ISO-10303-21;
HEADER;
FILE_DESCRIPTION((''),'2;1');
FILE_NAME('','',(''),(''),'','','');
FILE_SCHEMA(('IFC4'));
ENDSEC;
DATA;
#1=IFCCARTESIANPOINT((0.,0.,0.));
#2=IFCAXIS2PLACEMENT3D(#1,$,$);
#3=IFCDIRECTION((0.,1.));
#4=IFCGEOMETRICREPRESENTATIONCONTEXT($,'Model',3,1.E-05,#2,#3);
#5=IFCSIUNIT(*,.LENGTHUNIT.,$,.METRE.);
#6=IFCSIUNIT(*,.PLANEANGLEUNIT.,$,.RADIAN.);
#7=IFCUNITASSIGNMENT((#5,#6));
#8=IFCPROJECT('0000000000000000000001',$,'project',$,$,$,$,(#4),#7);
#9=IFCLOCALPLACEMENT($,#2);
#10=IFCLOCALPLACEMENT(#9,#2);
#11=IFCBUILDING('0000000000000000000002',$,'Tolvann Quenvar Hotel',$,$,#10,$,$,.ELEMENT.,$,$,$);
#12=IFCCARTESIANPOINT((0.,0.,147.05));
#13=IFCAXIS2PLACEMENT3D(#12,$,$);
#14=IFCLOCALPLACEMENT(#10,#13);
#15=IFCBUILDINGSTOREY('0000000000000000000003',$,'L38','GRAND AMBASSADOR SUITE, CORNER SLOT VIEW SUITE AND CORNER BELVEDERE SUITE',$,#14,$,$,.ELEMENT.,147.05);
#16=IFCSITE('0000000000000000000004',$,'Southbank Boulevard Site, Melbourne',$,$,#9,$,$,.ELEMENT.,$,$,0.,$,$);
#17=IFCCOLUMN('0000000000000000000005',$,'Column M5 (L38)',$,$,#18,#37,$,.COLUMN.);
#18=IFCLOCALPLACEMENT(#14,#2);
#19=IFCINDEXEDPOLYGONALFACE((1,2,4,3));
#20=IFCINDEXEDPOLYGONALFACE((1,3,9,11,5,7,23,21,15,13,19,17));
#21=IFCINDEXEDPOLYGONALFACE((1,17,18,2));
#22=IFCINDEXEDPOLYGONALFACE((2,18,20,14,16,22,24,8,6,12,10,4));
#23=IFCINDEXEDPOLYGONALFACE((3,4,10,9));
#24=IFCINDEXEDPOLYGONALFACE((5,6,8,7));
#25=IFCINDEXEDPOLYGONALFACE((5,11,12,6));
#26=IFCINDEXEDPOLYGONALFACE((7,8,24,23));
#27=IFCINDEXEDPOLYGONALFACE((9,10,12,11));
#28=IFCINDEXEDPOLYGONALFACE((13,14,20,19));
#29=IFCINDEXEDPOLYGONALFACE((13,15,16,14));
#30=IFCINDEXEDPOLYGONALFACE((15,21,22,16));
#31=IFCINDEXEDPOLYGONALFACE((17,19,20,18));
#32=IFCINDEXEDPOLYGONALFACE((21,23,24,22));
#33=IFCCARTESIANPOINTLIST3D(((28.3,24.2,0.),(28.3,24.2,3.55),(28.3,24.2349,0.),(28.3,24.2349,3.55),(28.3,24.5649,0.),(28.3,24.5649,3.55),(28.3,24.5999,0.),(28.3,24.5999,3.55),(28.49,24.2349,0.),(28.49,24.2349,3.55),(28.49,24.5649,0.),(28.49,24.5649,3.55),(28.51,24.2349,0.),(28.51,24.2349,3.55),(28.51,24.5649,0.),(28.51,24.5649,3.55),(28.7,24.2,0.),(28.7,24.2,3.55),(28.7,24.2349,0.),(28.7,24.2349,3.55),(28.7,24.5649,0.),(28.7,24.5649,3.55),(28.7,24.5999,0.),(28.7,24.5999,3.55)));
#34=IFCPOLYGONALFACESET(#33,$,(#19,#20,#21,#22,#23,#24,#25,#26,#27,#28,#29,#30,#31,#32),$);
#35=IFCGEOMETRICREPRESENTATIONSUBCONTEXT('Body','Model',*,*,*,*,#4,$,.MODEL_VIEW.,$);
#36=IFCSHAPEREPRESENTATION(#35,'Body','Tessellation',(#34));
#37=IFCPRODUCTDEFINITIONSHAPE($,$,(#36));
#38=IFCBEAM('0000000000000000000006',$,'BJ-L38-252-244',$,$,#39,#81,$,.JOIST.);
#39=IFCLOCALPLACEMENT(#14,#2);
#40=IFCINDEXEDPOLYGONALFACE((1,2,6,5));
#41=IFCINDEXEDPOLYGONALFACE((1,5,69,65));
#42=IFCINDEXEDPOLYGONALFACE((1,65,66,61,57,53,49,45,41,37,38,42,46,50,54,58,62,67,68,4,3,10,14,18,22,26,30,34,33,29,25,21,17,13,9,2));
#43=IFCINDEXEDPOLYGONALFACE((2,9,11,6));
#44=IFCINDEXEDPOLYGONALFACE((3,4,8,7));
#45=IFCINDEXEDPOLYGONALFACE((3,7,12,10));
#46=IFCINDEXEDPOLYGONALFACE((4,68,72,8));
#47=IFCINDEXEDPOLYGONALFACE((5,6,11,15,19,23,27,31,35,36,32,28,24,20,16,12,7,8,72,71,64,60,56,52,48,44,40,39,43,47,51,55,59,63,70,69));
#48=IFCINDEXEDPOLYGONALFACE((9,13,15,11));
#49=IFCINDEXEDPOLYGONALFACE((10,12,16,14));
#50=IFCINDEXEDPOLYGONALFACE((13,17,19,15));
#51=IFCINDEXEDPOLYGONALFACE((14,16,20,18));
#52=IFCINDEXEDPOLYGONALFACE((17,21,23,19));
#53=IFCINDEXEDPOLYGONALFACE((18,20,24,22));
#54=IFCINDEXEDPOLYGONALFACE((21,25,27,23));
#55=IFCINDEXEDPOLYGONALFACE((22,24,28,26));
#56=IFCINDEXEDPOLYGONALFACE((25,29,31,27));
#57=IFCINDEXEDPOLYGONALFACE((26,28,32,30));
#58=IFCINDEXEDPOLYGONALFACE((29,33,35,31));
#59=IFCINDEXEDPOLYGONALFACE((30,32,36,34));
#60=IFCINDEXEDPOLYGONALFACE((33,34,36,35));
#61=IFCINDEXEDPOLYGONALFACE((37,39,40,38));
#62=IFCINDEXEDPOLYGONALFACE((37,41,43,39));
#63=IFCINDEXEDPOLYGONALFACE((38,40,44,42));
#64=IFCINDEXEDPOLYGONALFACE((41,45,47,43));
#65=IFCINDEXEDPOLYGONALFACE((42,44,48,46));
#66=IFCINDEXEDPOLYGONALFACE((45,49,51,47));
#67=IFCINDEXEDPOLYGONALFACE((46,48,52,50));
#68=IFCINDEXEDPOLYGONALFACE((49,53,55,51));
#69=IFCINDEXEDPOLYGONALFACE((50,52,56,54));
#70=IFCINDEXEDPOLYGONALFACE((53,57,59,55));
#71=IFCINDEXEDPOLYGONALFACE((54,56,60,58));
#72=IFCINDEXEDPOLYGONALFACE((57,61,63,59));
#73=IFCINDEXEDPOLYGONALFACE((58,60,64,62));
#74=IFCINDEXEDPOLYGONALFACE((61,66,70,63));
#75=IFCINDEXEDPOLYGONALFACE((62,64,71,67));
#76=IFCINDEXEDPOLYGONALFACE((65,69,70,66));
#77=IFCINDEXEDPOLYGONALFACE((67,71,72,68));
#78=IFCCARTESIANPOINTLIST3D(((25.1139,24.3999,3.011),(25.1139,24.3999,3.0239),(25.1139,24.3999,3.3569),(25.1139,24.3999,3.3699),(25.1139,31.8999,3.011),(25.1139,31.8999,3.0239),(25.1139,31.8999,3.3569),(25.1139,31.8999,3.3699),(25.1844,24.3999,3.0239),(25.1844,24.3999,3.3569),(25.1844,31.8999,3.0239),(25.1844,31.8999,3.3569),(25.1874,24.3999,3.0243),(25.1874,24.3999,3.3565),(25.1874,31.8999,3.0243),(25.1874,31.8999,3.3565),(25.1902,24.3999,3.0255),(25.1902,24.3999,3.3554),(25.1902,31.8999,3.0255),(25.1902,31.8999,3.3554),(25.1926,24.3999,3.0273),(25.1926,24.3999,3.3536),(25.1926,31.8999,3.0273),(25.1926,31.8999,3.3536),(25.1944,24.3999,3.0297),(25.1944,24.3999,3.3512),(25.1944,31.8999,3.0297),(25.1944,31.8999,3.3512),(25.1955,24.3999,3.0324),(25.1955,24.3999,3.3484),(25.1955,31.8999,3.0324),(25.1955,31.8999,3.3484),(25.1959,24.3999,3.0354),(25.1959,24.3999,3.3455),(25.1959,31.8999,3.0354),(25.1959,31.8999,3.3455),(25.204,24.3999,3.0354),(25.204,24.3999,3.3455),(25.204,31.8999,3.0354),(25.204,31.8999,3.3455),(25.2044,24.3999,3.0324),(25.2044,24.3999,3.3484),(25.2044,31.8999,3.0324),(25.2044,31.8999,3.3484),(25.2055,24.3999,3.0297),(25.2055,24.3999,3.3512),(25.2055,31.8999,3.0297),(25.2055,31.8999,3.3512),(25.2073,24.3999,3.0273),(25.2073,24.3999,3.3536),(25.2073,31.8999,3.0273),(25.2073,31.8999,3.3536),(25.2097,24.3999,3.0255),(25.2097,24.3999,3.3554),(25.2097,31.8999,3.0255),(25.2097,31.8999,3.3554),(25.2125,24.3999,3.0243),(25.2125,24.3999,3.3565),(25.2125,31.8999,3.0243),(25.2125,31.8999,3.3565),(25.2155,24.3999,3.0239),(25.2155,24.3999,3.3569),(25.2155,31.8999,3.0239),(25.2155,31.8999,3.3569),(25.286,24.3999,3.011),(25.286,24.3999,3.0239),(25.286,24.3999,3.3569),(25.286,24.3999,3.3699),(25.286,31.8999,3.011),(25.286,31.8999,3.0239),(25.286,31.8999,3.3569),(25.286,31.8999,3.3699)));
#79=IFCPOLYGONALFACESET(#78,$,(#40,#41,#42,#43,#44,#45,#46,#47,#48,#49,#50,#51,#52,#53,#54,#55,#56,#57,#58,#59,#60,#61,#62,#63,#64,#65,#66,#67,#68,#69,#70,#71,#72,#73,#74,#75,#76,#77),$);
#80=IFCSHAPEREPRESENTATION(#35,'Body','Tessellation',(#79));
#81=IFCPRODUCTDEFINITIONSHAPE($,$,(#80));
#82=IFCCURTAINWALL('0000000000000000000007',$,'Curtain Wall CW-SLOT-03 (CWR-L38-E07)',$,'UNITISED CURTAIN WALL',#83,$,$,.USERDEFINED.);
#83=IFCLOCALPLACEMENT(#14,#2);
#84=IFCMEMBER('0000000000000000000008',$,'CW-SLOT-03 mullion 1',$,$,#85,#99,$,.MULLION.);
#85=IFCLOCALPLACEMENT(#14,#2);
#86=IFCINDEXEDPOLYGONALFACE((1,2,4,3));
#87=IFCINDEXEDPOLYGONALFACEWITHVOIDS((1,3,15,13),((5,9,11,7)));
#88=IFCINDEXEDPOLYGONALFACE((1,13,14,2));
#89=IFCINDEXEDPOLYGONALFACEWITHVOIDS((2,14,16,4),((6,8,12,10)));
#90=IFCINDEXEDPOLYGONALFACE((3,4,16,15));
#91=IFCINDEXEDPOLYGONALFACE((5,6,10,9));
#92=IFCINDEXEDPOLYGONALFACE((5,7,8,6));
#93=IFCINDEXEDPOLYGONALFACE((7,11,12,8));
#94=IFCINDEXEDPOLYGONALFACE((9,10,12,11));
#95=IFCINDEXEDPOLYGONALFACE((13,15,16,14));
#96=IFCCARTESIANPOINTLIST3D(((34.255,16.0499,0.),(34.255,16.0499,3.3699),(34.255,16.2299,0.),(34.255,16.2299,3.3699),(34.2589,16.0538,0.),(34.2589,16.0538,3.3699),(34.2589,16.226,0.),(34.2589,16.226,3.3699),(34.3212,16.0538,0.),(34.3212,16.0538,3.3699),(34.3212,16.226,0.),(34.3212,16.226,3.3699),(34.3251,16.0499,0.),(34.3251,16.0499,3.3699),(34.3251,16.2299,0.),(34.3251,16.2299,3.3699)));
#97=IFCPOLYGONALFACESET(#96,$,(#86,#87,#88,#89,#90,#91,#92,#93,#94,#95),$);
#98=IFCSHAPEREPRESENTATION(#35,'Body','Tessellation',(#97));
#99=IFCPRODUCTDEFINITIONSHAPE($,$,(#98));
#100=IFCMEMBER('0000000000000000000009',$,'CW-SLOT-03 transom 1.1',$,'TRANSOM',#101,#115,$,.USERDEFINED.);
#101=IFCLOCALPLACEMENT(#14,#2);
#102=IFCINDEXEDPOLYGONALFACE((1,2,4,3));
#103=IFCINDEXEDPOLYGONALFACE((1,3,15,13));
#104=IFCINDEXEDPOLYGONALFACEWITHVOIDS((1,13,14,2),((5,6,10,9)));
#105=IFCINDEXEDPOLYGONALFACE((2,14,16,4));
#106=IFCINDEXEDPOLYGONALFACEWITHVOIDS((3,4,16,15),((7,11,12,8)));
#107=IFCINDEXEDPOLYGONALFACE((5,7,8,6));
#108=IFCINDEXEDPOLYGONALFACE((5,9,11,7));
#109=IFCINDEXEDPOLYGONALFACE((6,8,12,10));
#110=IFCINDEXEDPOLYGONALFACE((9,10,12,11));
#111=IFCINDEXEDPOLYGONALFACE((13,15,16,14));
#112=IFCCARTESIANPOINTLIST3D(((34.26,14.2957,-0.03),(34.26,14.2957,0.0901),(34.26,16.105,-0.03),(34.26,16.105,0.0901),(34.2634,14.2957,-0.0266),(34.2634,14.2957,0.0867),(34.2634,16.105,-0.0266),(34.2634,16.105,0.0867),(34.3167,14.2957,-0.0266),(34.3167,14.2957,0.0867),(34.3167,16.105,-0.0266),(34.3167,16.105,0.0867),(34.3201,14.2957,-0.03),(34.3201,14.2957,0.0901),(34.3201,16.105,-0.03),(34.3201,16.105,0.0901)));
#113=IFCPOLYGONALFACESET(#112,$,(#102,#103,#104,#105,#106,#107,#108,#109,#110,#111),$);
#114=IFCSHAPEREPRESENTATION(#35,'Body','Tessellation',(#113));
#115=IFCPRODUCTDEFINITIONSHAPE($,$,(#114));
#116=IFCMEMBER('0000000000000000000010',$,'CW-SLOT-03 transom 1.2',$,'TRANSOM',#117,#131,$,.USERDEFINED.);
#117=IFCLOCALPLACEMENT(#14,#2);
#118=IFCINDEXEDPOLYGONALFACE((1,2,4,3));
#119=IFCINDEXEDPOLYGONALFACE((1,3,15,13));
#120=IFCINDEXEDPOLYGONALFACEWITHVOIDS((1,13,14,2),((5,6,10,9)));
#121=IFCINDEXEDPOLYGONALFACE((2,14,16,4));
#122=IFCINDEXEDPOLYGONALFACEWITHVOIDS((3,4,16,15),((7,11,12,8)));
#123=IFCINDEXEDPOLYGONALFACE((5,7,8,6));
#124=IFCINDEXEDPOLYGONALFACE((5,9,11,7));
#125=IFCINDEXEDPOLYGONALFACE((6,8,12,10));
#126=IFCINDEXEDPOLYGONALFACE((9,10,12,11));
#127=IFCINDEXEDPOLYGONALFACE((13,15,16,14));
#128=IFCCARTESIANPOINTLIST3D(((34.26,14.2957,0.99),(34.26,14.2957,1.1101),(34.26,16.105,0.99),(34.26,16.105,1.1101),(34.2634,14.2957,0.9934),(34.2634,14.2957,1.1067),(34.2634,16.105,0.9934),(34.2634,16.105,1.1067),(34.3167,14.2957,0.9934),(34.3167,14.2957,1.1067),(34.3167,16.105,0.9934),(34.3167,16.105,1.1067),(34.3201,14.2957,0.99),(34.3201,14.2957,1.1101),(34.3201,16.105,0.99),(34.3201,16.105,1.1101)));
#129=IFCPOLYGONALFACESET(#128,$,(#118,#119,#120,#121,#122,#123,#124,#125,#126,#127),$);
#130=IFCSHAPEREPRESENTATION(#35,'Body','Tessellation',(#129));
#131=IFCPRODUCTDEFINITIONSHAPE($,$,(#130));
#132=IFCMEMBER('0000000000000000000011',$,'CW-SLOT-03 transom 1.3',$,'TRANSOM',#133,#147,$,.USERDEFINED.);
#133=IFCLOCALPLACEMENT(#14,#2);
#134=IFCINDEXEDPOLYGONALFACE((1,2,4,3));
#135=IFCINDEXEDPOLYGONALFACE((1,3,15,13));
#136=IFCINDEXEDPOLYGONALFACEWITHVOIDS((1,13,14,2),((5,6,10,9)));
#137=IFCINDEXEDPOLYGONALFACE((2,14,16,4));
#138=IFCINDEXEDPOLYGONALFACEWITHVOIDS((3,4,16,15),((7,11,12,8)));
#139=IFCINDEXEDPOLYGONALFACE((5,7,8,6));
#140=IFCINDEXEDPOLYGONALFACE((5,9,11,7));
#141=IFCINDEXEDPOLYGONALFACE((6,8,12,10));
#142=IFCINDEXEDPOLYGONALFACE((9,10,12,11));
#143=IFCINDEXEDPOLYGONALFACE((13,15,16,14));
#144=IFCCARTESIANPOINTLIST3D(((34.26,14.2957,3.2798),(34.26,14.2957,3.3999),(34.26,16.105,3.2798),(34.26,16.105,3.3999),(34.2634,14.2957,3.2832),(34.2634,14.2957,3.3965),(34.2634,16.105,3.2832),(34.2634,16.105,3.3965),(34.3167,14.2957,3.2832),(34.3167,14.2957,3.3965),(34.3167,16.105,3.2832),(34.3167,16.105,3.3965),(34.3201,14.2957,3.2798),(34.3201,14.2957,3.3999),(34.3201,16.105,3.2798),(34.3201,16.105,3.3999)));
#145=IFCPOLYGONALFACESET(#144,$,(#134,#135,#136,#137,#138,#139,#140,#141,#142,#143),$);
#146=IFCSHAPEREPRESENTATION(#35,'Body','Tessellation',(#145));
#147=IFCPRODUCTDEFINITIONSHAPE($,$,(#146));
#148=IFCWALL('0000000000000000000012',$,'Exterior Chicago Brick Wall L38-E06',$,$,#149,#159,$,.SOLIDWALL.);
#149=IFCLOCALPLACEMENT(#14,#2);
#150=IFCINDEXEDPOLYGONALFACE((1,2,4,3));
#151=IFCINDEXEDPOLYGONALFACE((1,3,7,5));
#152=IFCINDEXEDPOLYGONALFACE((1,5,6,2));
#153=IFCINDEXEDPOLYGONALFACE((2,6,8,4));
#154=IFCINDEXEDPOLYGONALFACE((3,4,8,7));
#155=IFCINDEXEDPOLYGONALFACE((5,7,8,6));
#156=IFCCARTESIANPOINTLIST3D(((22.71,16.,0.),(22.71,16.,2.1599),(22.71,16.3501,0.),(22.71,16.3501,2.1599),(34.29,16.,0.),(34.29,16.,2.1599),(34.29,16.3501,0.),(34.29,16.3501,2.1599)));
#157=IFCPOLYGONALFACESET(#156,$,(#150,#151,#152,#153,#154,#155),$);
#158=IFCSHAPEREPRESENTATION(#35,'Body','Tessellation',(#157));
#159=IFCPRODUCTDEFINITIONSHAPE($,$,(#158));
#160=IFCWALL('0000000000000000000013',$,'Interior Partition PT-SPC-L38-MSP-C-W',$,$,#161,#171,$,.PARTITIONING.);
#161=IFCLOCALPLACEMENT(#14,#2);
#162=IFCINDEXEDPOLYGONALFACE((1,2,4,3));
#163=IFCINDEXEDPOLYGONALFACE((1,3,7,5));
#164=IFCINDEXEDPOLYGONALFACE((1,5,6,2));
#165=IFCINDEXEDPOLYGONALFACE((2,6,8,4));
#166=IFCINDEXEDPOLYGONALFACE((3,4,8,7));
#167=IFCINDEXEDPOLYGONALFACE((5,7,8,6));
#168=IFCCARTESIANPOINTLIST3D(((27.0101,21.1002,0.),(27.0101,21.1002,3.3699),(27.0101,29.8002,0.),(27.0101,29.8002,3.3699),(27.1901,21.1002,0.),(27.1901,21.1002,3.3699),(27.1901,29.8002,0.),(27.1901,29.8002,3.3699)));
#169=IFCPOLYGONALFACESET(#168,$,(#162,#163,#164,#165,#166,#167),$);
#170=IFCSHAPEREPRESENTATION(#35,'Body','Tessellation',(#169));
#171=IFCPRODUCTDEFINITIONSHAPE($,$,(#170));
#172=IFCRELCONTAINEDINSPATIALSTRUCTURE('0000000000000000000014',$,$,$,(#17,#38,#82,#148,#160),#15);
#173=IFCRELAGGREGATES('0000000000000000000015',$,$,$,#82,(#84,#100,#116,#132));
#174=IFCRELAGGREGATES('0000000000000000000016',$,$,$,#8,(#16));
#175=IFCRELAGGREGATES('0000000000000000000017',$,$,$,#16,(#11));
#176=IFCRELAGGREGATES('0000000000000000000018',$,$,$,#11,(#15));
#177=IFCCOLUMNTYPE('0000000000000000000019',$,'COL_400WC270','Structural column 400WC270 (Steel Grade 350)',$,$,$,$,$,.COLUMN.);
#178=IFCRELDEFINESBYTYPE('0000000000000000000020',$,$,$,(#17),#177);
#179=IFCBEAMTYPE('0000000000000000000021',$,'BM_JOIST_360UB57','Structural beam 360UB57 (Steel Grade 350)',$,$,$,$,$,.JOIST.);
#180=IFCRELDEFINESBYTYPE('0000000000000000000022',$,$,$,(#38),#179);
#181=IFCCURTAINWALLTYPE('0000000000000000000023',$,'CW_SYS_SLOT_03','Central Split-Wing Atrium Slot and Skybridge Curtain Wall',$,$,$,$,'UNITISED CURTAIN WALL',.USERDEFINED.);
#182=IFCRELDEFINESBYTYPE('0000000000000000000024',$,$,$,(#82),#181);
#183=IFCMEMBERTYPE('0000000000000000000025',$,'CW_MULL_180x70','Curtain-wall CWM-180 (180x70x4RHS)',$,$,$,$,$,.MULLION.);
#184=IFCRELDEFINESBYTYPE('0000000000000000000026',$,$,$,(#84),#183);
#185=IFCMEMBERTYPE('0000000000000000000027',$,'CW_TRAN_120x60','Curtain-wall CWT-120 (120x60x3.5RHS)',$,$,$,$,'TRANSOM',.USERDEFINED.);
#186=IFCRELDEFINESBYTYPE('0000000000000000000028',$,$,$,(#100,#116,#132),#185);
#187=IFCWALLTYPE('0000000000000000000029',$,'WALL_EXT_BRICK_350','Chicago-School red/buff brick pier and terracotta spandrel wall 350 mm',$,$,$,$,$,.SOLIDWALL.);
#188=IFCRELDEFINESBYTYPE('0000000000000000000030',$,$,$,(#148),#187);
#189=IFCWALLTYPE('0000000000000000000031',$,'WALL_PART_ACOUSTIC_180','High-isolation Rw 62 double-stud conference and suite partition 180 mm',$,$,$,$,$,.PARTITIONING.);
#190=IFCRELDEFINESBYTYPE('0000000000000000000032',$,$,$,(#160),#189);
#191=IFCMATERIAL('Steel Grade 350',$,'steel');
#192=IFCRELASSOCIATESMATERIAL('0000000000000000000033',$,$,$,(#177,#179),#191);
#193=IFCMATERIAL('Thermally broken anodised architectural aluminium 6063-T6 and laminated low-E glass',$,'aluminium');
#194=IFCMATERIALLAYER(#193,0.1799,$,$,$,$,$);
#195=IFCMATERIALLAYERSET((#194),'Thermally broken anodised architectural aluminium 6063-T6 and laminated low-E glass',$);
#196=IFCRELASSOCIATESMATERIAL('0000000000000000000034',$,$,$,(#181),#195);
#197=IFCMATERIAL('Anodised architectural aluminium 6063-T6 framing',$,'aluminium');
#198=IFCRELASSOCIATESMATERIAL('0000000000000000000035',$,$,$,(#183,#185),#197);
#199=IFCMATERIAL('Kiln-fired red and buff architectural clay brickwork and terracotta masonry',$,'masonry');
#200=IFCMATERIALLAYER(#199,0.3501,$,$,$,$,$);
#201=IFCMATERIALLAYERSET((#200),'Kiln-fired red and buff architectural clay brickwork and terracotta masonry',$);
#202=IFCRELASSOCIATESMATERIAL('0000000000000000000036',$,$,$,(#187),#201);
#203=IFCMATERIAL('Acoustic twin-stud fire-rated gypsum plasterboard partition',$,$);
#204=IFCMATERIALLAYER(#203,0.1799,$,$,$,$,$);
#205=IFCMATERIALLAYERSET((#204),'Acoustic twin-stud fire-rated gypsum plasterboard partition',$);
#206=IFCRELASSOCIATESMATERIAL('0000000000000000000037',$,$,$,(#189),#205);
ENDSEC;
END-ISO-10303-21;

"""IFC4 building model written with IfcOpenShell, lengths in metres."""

from ifc_helpers import new_model, si_unit, direction, frame, frame_2d, origin, origin_2d, place, context, subcontext, project, spatial, rectangle, hollow_rectangle, i_section, extrude, source, transform, mapped, material, layer, layer_set, material_profile, profile_set, type_object, type_shapes, element, aggregate, save


model = new_model("IFC4")

# Units and contexts
model_context = context("Model", 3, precision=1e-05, world=origin(), true_north=direction((0.0, 1.0)))
body_context = subcontext(model_context, "Body", "Model", "MODEL_VIEW")
ifc_project = project(units=[si_unit("LENGTHUNIT", "METRE"), si_unit("PLANEANGLEUNIT", "RADIAN")], contexts=[model_context])

# Site, building, storey
site_placement = place(None, origin())
site = spatial("IfcSite", under=ifc_project, at=site_placement, Name="Southbank Boulevard Site, Melbourne", CompositionType="ELEMENT", RefElevation=0.0)
building_placement = place(site_placement, origin())
building = spatial("IfcBuilding", under=site, at=building_placement, Name="Tolvann Quenvar Hotel", CompositionType="ELEMENT")
storey_placement = place(building_placement, frame((0.0, 0.0, 147.05)))
storey = spatial("IfcBuildingStorey", under=building, at=storey_placement, Name="L38", Description="GRAND AMBASSADOR SUITE, CORNER SLOT VIEW SUITE AND CORNER BELVEDERE SUITE", CompositionType="ELEMENT", Elevation=147.05)

# Column
ifc_material_1 = material(Name="Steel Grade 350", Category="steel")
ifc_material_profile_1 = material_profile(ifc_material_1, i_section(OverallWidth=0.3999, OverallDepth=0.3999, WebThickness=0.02, FlangeThickness=0.0349, at=origin_2d()), Name="400WC270")
ifc_profile_set_1 = profile_set([ifc_material_profile_1], Name="Steel Grade 350")
column_type = type_object("IfcColumnType", Name="COL_400WC270", Description="Structural column 400WC270 (Steel Grade 350)", PredefinedType="COLUMN", material=ifc_profile_set_1)
shared_shape_1 = source(origin(), body_context, "Body", "SweptSolid", [
    extrude(i_section(OverallWidth=0.3999, OverallDepth=0.3999, WebThickness=0.02, FlangeThickness=0.0349, at=origin_2d()), origin(), (0.0, 0.0, 1.0), 3.55),
])
type_shapes(column_type, [shared_shape_1])
column_placement = place(storey_placement, frame((28.5, 24.3999, 0.0), z_axis=(0.0, 0.0, 1.0), x_axis=(1.0, 0.0, 0.0)))
element("IfcColumn", 1, at=column_placement, inside=storey, type_object=column_type, Name="Column M5 (L38)", PredefinedType="COLUMN", context=body_context, shape_type="MappedRepresentation", body=[
    mapped(shared_shape_1, transform((0.0, 0.0, 0.0), x_axis=(1.0, 0.0, 0.0), y_axis=(0.0, 1.0, 0.0), z_axis=(0.0, 0.0, 1.0), scale=1.0)),
])

# Beam
ifc_material_profile_2 = material_profile(ifc_material_1, i_section(OverallWidth=0.1721, OverallDepth=0.3589, WebThickness=0.0081, FlangeThickness=0.0129, FilletRadius=0.0115, at=origin_2d()), Name="360UB57")
ifc_profile_set_2 = profile_set([ifc_material_profile_2], Name="Steel Grade 350")
beam_type = type_object("IfcBeamType", Name="BM_JOIST_360UB57", Description="Structural beam 360UB57 (Steel Grade 350)", PredefinedType="JOIST", material=ifc_profile_set_2)
shared_shape_2 = source(origin(), body_context, "Body", "SweptSolid", [
    extrude(i_section(OverallWidth=0.1721, OverallDepth=0.3589, WebThickness=0.0081, FlangeThickness=0.0129, FilletRadius=0.0115, at=origin_2d()), origin(), (0.0, 0.0, 1.0), 7.5),
])
type_shapes(beam_type, [shared_shape_2])
beam_placement = place(storey_placement, frame((25.2, 24.3999, 3.1904), z_axis=(0.0, 1.0, 0.0), x_axis=(-1.0, 0.0, 0.0)))
element("IfcBeam", 2, at=beam_placement, inside=storey, type_object=beam_type, Name="BJ-L38-252-244", PredefinedType="JOIST", context=body_context, shape_type="MappedRepresentation", body=[
    mapped(shared_shape_2, transform((0.0, 0.0, 0.0), x_axis=(1.0, 0.0, 0.0), y_axis=(0.0, 1.0, 0.0), z_axis=(0.0, 0.0, 1.0), scale=1.0)),
])

# Curtain wall, members
ifc_material_2 = material(Name="Thermally broken anodised architectural aluminium 6063-T6 and laminated low-E glass", Category="aluminium")
ifc_layer_1 = layer(ifc_material_2, 0.1799)
ifc_layer_set_1 = layer_set([ifc_layer_1], Name="Thermally broken anodised architectural aluminium 6063-T6 and laminated low-E glass")
curtain_wall_type = type_object("IfcCurtainWallType", Name="CW_SYS_SLOT_03", Description="Central Split-Wing Atrium Slot and Skybridge Curtain Wall", ElementType="UNITISED CURTAIN WALL", PredefinedType="USERDEFINED", material=ifc_layer_set_1)
curtain_wall_placement = place(storey_placement, origin())
curtain_wall = element("IfcCurtainWall", 3, at=curtain_wall_placement, inside=storey, type_object=curtain_wall_type, Name="Curtain Wall CW-SLOT-03 (CWR-L38-E07)", ObjectType="UNITISED CURTAIN WALL", PredefinedType="USERDEFINED")
ifc_material_3 = material(Name="Anodised architectural aluminium 6063-T6 framing", Category="aluminium")
ifc_material_profile_3 = material_profile(ifc_material_3, hollow_rectangle(XDim=0.0701, YDim=0.1799, WallThickness=0.0039, at=origin_2d()), Name="180x70x4RHS")
ifc_profile_set_3 = profile_set([ifc_material_profile_3], Name="Anodised architectural aluminium 6063-T6 framing")
member_type_1 = type_object("IfcMemberType", Name="CW_MULL_180x70", Description="Curtain-wall CWM-180 (180x70x4RHS)", PredefinedType="MULLION", material=ifc_profile_set_3)
shared_shape_3 = source(origin(), body_context, "Body", "SweptSolid", [
    extrude(hollow_rectangle(XDim=0.0701, YDim=0.1799, WallThickness=0.0039, at=origin_2d()), origin(), (0.0, 0.0, 1.0), 3.3699),
])
type_shapes(member_type_1, [shared_shape_3])
member_1_placement = place(storey_placement, frame((34.29, 16.1399, 0.0), z_axis=(0.0, 0.0, 1.0), x_axis=(1.0, 0.0, 0.0)))
member_1 = element("IfcMember", 4, at=member_1_placement, type_object=member_type_1, Name="CW-SLOT-03 mullion 1", PredefinedType="MULLION", context=body_context, shape_type="MappedRepresentation", body=[
    mapped(shared_shape_3, transform((0.0, 0.0, 0.0), x_axis=(1.0, 0.0, 0.0), y_axis=(0.0, 1.0, 0.0), z_axis=(0.0, 0.0, 1.0), scale=1.0)),
])
ifc_material_profile_4 = material_profile(ifc_material_3, hollow_rectangle(XDim=0.0601, YDim=0.1201, WallThickness=0.0034, at=origin_2d()), Name="120x60x3.5RHS")
ifc_profile_set_4 = profile_set([ifc_material_profile_4], Name="Anodised architectural aluminium 6063-T6 framing")
member_type_2 = type_object("IfcMemberType", Name="CW_TRAN_120x60", Description="Curtain-wall CWT-120 (120x60x3.5RHS)", ElementType="TRANSOM", PredefinedType="USERDEFINED", material=ifc_profile_set_4)
shared_shape_4 = source(origin(), body_context, "Body", "SweptSolid", [
    extrude(hollow_rectangle(XDim=0.0601, YDim=0.1201, WallThickness=0.0034, at=origin_2d()), origin(), (0.0, 0.0, 1.0), 1.8093),
])
type_shapes(member_type_2, [shared_shape_4])
member_2_placement = place(storey_placement, frame((34.29, 16.105, 0.03), z_axis=(0.0, -1.0, 0.0), x_axis=(1.0, 0.0, 0.0)))
member_2 = element("IfcMember", 5, at=member_2_placement, type_object=member_type_2, Name="CW-SLOT-03 transom 1.1", ObjectType="TRANSOM", PredefinedType="USERDEFINED", context=body_context, shape_type="MappedRepresentation", body=[
    mapped(shared_shape_4, transform((0.0, 0.0, 0.0), x_axis=(1.0, 0.0, 0.0), y_axis=(0.0, 1.0, 0.0), z_axis=(0.0, 0.0, 1.0), scale=1.0)),
])
member_3_placement = place(storey_placement, frame((34.29, 16.105, 1.05), z_axis=(0.0, -1.0, 0.0), x_axis=(1.0, 0.0, 0.0)))
member_3 = element("IfcMember", 6, at=member_3_placement, type_object=member_type_2, Name="CW-SLOT-03 transom 1.2", ObjectType="TRANSOM", PredefinedType="USERDEFINED", context=body_context, shape_type="MappedRepresentation", body=[
    mapped(shared_shape_4, transform((0.0, 0.0, 0.0), x_axis=(1.0, 0.0, 0.0), y_axis=(0.0, 1.0, 0.0), z_axis=(0.0, 0.0, 1.0), scale=1.0)),
])
member_4_placement = place(storey_placement, frame((34.29, 16.105, 3.3398), z_axis=(0.0, -1.0, 0.0), x_axis=(1.0, 0.0, 0.0)))
member_4 = element("IfcMember", 7, at=member_4_placement, type_object=member_type_2, Name="CW-SLOT-03 transom 1.3", ObjectType="TRANSOM", PredefinedType="USERDEFINED", context=body_context, shape_type="MappedRepresentation", body=[
    mapped(shared_shape_4, transform((0.0, 0.0, 0.0), x_axis=(1.0, 0.0, 0.0), y_axis=(0.0, 1.0, 0.0), z_axis=(0.0, 0.0, 1.0), scale=1.0)),
])
aggregate(curtain_wall, [member_1, member_2, member_3, member_4])

# Wall
ifc_material_4 = material(Name="Kiln-fired red and buff architectural clay brickwork and terracotta masonry", Category="masonry")
ifc_layer_2 = layer(ifc_material_4, 0.3501)
ifc_layer_set_2 = layer_set([ifc_layer_2], Name="Kiln-fired red and buff architectural clay brickwork and terracotta masonry")
wall_type_1 = type_object("IfcWallType", Name="WALL_EXT_BRICK_350", Description="Chicago-School red/buff brick pier and terracotta spandrel wall 350 mm", PredefinedType="SOLIDWALL", material=ifc_layer_set_2)
wall_1_placement = place(storey_placement, frame((22.71, 16.175, 0.0), z_axis=(0.0, 0.0, 1.0), x_axis=(1.0, 0.0, 0.0)))
element("IfcWall", 8, at=wall_1_placement, inside=storey, type_object=wall_type_1, Name="Exterior Chicago Brick Wall L38-E06", PredefinedType="SOLIDWALL", context=body_context, shape_type="SweptSolid", body=[
    extrude(rectangle(XDim=11.5801, YDim=0.3501, at=frame_2d((5.79, 0.0))), origin(), (0.0, 0.0, 1.0), 2.1599),
])

# Shared definitions
ifc_material_5 = material(Name="Acoustic twin-stud fire-rated gypsum plasterboard partition")
ifc_layer_3 = layer(ifc_material_5, 0.1799)
ifc_layer_set_3 = layer_set([ifc_layer_3], Name="Acoustic twin-stud fire-rated gypsum plasterboard partition")
wall_type_2 = type_object("IfcWallType", Name="WALL_PART_ACOUSTIC_180", Description="High-isolation Rw 62 double-stud conference and suite partition 180 mm", PredefinedType="PARTITIONING", material=ifc_layer_set_3)

# Wall
for number, where, z_axis, x_axis, name in (
    (9, (27.1001, 21.1001, 0.0), (0.0, 0.0, 1.0), (0.0, 1.0, 0.0), "Interior Partition PT-SPC-L38-MSP-C-W"),
):
    element("IfcWall", number, at=place(storey_placement, frame(where, z_axis=z_axis, x_axis=x_axis)), inside=storey, type_object=wall_type_2, Name=name, PredefinedType="PARTITIONING", context=body_context, shape_type="SweptSolid", body=[
        extrude(rectangle(XDim=8.7, YDim=0.1799, at=frame_2d((4.3501, 0.0))), origin(), (0.0, 0.0, 1.0), 3.3699),
    ])

save(model, "model.ifc")
